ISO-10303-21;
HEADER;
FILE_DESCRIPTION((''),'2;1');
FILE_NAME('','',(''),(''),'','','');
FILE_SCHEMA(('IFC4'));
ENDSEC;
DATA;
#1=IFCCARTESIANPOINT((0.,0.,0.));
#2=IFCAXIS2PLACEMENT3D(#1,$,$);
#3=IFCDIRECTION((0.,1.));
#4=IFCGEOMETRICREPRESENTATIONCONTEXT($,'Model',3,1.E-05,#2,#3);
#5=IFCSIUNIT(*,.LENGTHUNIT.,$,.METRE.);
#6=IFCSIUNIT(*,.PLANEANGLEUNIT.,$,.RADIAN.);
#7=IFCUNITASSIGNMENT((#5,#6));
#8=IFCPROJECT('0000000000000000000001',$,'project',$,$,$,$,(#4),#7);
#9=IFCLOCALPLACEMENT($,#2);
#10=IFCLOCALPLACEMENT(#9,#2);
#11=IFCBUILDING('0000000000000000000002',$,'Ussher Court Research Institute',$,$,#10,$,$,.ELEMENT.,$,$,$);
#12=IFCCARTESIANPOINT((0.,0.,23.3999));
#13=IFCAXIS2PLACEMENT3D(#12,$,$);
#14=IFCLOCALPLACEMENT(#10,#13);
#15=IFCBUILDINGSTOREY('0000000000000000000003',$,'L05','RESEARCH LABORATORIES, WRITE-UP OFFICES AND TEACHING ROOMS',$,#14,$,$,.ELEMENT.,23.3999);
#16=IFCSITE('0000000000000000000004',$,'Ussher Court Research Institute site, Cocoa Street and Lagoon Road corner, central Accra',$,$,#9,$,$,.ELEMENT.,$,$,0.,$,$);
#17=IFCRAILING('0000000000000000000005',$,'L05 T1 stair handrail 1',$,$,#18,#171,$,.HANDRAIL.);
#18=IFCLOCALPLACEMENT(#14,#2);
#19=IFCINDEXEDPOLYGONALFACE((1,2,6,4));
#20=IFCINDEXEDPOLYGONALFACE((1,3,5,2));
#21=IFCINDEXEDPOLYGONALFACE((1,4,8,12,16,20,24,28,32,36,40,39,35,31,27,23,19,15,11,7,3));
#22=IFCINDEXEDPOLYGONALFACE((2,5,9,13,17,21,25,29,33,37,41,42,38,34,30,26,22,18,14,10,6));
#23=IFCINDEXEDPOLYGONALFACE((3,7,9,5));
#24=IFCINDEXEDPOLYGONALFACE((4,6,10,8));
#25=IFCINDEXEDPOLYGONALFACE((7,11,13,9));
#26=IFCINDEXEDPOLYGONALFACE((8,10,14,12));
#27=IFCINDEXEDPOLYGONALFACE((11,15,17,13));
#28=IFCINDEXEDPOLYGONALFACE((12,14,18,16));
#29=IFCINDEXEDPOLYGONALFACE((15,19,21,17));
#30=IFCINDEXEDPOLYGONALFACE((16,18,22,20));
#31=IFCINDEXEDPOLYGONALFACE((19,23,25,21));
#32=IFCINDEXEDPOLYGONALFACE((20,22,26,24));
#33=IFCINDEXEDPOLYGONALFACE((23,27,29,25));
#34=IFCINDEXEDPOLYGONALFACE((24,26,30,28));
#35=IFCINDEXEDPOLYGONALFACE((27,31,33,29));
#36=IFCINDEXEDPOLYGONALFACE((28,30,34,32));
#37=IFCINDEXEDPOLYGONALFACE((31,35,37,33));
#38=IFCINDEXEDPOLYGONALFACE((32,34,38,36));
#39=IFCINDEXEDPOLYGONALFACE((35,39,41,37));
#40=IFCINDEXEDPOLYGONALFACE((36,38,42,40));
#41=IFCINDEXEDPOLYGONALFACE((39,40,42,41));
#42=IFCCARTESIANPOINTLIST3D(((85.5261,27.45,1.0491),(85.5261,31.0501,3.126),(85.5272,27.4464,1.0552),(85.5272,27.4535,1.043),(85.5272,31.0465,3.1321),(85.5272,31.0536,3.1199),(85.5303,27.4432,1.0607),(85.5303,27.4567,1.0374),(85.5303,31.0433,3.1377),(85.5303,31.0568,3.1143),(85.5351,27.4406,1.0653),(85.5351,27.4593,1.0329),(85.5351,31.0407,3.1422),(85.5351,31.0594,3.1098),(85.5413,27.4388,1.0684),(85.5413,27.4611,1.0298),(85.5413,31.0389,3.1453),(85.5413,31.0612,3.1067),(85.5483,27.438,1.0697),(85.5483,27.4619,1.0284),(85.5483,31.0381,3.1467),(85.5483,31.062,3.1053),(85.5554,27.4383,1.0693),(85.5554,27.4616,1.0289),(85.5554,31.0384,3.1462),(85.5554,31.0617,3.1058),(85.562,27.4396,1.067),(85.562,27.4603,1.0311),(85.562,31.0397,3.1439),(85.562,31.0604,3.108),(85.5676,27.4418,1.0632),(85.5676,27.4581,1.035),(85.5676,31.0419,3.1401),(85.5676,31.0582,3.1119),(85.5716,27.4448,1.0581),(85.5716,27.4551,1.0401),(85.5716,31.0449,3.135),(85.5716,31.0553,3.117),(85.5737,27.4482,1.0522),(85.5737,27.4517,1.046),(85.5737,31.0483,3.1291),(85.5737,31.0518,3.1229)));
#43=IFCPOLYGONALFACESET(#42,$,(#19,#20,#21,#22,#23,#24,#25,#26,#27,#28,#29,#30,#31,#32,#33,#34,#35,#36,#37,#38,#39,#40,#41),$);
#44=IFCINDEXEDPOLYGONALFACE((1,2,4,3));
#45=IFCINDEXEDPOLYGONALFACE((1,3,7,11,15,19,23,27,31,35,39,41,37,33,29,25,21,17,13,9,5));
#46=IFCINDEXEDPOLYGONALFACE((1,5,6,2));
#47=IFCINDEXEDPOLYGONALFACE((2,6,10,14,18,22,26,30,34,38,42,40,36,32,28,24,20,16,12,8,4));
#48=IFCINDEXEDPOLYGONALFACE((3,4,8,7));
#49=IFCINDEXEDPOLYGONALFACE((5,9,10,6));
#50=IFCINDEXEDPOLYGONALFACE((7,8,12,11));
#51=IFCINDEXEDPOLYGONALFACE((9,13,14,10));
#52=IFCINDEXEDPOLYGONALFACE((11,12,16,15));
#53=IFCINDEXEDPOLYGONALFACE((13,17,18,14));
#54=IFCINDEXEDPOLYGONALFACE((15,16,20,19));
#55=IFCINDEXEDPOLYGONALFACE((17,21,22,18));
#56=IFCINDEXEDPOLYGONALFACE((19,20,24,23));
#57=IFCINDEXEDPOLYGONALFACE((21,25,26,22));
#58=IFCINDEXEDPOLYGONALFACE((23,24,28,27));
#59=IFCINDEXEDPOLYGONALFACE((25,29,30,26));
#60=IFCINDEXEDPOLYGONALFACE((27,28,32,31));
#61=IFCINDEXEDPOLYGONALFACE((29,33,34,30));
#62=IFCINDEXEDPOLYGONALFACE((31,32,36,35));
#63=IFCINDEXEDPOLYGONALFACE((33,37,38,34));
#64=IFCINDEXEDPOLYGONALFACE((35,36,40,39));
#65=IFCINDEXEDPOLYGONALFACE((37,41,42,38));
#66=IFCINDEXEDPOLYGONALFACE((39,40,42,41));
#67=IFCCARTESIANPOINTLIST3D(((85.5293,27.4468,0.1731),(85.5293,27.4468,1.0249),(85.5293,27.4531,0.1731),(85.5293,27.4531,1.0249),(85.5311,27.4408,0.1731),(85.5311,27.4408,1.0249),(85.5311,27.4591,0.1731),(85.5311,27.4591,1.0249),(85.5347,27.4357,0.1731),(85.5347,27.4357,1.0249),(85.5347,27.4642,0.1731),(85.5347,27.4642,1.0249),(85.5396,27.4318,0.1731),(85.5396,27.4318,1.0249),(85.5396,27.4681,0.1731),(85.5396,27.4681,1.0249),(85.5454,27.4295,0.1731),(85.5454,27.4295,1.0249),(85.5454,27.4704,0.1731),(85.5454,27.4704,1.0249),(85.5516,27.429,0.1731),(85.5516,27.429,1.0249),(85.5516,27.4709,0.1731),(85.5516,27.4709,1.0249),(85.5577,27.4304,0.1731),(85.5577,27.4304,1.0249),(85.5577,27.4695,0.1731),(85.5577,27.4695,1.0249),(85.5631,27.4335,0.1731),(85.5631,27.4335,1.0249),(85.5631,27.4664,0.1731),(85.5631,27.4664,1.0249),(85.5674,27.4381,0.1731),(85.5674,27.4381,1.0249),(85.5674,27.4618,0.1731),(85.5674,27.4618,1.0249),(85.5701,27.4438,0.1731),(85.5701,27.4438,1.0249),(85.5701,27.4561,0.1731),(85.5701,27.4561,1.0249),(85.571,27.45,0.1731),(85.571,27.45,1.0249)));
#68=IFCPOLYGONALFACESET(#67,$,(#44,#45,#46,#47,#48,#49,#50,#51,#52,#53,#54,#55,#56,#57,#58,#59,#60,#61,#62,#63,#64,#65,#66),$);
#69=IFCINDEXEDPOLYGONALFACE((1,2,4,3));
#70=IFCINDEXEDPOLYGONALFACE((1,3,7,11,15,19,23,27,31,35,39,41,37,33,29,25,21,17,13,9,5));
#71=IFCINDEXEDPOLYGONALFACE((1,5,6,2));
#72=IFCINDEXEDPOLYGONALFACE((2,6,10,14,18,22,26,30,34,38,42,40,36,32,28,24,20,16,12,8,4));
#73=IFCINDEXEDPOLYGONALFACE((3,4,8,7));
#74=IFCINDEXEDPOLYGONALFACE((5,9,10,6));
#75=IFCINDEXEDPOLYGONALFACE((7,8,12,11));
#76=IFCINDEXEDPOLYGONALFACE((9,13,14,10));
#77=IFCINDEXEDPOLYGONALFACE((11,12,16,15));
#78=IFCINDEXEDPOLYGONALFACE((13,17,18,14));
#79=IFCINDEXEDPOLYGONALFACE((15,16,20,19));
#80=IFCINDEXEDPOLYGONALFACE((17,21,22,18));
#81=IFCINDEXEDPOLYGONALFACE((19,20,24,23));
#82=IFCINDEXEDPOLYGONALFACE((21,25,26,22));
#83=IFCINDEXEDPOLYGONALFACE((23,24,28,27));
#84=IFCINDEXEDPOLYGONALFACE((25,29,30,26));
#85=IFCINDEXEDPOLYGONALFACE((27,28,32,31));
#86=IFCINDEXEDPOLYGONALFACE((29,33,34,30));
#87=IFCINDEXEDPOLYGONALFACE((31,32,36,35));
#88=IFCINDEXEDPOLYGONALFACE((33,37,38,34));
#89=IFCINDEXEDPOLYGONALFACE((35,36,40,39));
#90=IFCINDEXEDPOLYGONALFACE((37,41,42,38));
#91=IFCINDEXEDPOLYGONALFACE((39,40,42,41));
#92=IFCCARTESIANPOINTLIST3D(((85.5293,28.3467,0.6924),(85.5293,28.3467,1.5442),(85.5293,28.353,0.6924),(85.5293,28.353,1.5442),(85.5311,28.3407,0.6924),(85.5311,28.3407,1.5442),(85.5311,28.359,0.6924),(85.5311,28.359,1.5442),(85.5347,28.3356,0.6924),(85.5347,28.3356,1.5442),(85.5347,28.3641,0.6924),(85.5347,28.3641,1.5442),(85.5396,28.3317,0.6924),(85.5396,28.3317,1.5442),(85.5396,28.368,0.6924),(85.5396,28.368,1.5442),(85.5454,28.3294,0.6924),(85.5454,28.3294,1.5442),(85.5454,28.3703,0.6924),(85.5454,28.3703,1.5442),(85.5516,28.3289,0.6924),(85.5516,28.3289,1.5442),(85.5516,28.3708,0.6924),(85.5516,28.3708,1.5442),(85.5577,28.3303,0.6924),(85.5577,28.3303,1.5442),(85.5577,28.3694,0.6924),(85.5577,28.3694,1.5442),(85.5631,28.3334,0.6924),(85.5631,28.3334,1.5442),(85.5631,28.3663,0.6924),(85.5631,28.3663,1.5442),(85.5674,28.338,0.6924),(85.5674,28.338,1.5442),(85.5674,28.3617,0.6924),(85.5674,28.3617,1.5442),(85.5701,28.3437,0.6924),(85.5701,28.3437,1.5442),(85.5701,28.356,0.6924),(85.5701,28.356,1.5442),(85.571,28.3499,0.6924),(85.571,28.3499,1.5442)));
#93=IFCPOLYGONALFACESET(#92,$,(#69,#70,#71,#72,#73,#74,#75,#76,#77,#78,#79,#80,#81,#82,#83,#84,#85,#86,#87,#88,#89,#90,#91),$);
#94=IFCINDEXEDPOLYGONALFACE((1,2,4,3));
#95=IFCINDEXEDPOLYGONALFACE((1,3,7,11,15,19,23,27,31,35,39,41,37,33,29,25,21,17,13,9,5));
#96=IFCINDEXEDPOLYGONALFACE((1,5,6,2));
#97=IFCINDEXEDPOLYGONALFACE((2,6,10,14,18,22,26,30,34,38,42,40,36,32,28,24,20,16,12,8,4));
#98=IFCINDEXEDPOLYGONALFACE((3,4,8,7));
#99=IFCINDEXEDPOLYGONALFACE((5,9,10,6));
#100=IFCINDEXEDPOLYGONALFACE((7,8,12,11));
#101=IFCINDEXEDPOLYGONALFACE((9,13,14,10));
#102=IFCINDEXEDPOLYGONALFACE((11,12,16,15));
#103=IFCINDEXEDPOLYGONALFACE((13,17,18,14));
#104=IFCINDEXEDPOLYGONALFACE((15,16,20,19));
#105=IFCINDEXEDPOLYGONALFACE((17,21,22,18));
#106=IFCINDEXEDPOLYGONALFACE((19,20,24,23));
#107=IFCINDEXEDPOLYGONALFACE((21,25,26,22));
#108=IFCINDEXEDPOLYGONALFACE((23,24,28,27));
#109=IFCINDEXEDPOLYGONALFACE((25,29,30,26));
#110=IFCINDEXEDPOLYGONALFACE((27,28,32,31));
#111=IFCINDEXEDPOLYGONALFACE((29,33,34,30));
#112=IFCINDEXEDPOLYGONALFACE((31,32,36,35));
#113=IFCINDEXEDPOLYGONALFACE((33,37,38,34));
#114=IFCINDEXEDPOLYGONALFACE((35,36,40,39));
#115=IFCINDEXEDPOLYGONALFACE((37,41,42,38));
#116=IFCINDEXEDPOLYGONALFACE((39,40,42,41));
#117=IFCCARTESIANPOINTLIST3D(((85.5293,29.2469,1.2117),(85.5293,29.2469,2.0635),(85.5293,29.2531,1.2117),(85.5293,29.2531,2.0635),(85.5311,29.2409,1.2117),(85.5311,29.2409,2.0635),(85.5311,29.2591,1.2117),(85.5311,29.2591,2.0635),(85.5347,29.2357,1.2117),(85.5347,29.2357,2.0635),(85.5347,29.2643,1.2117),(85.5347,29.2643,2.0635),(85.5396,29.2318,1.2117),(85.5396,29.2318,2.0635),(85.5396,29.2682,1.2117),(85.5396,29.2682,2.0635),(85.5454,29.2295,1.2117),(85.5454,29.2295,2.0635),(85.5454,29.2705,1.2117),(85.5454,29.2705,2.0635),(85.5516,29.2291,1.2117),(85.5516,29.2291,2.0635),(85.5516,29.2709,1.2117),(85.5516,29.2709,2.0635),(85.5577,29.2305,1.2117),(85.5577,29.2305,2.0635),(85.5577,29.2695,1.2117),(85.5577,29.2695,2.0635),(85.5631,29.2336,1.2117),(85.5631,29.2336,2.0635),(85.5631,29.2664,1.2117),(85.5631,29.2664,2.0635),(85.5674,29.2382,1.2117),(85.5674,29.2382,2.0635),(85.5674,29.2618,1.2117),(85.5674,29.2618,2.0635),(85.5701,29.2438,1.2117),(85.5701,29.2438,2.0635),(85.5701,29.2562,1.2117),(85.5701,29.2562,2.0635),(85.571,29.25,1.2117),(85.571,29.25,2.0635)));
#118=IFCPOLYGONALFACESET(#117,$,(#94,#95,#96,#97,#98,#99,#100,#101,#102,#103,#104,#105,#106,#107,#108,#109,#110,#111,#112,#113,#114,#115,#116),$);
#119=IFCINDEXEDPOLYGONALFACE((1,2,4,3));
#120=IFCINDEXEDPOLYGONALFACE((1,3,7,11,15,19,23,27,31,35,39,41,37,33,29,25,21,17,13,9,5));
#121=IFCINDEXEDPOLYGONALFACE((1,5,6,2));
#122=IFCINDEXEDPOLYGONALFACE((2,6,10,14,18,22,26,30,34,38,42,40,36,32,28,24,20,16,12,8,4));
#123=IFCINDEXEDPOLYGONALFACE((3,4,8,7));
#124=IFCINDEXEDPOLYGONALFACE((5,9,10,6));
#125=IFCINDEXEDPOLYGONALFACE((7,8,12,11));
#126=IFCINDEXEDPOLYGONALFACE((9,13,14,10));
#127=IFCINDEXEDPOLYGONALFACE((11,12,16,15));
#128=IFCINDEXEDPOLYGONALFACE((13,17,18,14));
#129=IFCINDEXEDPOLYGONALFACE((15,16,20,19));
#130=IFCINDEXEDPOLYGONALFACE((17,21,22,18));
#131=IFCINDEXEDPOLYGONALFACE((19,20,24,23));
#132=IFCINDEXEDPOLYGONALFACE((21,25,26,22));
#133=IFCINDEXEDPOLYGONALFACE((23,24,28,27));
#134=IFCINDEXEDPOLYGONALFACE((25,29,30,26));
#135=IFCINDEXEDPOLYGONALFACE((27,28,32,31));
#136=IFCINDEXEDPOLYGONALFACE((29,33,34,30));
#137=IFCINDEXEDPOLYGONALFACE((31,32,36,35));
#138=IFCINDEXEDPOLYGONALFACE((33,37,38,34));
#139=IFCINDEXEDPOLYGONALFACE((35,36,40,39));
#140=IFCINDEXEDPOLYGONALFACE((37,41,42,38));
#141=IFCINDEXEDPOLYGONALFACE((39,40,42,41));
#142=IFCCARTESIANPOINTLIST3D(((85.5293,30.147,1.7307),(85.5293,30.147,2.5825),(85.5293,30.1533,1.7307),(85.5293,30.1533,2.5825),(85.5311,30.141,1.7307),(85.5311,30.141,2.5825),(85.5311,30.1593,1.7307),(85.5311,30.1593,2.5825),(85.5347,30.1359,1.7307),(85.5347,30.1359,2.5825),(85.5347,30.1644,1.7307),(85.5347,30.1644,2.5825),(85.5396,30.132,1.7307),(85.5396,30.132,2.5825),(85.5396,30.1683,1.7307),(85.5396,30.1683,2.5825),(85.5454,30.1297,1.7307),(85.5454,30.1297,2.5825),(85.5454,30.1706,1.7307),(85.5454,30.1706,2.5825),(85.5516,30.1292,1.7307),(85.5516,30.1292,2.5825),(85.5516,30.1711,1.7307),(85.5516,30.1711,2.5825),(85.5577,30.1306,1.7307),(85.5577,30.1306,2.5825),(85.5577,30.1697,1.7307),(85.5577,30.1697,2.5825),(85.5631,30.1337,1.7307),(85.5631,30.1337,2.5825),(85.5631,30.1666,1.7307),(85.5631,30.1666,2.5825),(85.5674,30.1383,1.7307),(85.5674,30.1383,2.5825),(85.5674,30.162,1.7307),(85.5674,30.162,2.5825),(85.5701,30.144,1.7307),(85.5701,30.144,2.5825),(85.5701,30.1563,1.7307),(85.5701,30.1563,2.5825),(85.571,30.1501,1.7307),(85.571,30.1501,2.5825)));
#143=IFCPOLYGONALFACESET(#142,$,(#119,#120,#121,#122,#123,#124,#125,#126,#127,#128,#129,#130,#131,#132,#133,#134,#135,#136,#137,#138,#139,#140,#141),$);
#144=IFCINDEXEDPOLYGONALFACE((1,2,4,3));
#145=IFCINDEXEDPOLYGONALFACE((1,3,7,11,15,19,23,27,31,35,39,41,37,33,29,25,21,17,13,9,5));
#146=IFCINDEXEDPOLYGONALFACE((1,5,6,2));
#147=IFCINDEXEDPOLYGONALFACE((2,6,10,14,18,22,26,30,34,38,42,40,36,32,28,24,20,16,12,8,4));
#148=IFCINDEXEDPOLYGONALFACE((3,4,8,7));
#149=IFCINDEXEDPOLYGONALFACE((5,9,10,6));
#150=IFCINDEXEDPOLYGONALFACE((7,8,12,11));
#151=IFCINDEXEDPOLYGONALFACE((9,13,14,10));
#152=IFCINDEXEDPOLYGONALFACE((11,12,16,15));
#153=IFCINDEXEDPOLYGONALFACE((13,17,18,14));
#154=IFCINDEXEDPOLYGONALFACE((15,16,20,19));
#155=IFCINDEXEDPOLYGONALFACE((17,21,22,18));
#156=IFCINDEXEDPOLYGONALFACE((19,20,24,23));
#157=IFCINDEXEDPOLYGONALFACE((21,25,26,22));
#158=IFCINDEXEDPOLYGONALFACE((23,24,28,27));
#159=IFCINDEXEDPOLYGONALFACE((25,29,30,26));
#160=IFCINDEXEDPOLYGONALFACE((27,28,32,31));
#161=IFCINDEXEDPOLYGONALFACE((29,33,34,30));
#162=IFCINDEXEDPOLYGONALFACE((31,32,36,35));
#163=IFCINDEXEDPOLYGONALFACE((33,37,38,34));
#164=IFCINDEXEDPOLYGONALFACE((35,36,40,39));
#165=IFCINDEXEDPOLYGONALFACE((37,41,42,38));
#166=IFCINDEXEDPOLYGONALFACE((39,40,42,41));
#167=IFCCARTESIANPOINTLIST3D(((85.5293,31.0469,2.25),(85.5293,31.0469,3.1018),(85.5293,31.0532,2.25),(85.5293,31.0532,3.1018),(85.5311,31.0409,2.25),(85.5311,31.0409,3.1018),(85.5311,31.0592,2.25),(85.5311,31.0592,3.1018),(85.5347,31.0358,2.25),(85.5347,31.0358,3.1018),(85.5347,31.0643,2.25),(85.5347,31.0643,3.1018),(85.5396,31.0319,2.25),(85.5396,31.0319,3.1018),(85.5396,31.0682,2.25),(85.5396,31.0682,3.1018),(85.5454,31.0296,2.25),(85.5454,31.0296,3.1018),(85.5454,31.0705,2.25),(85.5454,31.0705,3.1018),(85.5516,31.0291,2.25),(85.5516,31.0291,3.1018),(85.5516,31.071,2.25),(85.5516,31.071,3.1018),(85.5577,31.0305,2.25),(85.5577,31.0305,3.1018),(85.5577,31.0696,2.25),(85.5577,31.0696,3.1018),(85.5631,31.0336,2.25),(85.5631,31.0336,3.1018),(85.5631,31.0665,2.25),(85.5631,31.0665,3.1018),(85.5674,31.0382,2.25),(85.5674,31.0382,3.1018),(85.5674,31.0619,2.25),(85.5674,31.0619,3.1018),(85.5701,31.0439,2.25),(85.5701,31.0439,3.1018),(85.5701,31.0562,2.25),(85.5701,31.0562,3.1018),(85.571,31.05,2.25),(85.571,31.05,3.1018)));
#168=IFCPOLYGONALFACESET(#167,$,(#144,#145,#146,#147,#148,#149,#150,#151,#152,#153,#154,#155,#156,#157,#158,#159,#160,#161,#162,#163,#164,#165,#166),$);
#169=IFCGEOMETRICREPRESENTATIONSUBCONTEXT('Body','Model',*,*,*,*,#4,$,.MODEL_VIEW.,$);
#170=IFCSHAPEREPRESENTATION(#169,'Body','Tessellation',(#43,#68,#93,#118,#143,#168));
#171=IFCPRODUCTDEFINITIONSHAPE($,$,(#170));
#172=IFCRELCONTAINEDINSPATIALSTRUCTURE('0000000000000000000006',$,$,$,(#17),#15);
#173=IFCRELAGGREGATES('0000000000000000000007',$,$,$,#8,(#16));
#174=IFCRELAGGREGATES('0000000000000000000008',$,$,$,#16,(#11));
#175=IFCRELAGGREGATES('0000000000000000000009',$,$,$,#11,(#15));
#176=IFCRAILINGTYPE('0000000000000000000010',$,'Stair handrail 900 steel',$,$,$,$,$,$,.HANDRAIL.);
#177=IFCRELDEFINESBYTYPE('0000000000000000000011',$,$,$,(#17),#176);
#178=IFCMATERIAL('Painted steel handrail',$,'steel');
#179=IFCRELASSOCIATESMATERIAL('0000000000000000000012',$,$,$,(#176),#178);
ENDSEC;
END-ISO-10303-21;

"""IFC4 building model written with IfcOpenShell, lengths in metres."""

from ifc_helpers import new_model, si_unit, direction, frame, origin, origin_2d, place, context, subcontext, project, spatial, circle, extrude, material, type_object, element, save


model = new_model("IFC4")

# Units and contexts
model_context = context("Model", 3, precision=1e-05, world=origin(), true_north=direction((0.0, 1.0)))
body_context = subcontext(model_context, "Body", "Model", "MODEL_VIEW")
ifc_project = project(units=[si_unit("LENGTHUNIT", "METRE"), si_unit("PLANEANGLEUNIT", "RADIAN")], contexts=[model_context])

# Site, building, storey
site_placement = place(None, origin())
site = spatial("IfcSite", under=ifc_project, at=site_placement, Name="Ussher Court Research Institute site, Cocoa Street and Lagoon Road corner, central Accra", CompositionType="ELEMENT", RefElevation=0.0)
building_placement = place(site_placement, origin())
building = spatial("IfcBuilding", under=site, at=building_placement, Name="Ussher Court Research Institute", CompositionType="ELEMENT")
storey_placement = place(building_placement, frame((0.0, 0.0, 23.3999)))
storey = spatial("IfcBuildingStorey", under=building, at=storey_placement, Name="L05", Description="RESEARCH LABORATORIES, WRITE-UP OFFICES AND TEACHING ROOMS", CompositionType="ELEMENT", Elevation=23.3999)

# Railing
ifc_material_1 = material(Name="Painted steel handrail", Category="steel")
railing_type_1 = type_object("IfcRailingType", Name="Stair handrail 900 steel", PredefinedType="HANDRAIL", material=ifc_material_1)
railing_1_placement = place(storey_placement, frame((85.55, 27.45, 0.1731)))
element("IfcRailing", 1, at=railing_1_placement, inside=storey, type_object=railing_type_1, Name="L05 T1 stair handrail 1", PredefinedType="HANDRAIL", context=body_context, shape_type="SweptSolid", body=[
    extrude(circle(Radius=0.0239, at=origin_2d()), frame((0.0, 0.0, 0.876), z_axis=(0.0, 0.866193, 0.499709), x_axis=(-1.0, 0.0, 0.0)), (0.0, 0.0, 1.0), 4.1562),
    extrude(circle(Radius=0.021, at=origin_2d()), origin(), (0.0, 0.0, 1.0), 0.8518),
    extrude(circle(Radius=0.021, at=origin_2d()), frame((0.0, 0.8999, 0.5193)), (0.0, 0.0, 1.0), 0.8518),
    extrude(circle(Radius=0.021, at=origin_2d()), frame((0.0, 1.8, 1.0386)), (0.0, 0.0, 1.0), 0.8518),
    extrude(circle(Radius=0.021, at=origin_2d()), frame((0.0, 2.7002, 1.5576)), (0.0, 0.0, 1.0), 0.8518),
    extrude(circle(Radius=0.021, at=origin_2d()), frame((0.0, 3.6001, 2.0769)), (0.0, 0.0, 1.0), 0.8518),
])

save(model, "model.ifc")
